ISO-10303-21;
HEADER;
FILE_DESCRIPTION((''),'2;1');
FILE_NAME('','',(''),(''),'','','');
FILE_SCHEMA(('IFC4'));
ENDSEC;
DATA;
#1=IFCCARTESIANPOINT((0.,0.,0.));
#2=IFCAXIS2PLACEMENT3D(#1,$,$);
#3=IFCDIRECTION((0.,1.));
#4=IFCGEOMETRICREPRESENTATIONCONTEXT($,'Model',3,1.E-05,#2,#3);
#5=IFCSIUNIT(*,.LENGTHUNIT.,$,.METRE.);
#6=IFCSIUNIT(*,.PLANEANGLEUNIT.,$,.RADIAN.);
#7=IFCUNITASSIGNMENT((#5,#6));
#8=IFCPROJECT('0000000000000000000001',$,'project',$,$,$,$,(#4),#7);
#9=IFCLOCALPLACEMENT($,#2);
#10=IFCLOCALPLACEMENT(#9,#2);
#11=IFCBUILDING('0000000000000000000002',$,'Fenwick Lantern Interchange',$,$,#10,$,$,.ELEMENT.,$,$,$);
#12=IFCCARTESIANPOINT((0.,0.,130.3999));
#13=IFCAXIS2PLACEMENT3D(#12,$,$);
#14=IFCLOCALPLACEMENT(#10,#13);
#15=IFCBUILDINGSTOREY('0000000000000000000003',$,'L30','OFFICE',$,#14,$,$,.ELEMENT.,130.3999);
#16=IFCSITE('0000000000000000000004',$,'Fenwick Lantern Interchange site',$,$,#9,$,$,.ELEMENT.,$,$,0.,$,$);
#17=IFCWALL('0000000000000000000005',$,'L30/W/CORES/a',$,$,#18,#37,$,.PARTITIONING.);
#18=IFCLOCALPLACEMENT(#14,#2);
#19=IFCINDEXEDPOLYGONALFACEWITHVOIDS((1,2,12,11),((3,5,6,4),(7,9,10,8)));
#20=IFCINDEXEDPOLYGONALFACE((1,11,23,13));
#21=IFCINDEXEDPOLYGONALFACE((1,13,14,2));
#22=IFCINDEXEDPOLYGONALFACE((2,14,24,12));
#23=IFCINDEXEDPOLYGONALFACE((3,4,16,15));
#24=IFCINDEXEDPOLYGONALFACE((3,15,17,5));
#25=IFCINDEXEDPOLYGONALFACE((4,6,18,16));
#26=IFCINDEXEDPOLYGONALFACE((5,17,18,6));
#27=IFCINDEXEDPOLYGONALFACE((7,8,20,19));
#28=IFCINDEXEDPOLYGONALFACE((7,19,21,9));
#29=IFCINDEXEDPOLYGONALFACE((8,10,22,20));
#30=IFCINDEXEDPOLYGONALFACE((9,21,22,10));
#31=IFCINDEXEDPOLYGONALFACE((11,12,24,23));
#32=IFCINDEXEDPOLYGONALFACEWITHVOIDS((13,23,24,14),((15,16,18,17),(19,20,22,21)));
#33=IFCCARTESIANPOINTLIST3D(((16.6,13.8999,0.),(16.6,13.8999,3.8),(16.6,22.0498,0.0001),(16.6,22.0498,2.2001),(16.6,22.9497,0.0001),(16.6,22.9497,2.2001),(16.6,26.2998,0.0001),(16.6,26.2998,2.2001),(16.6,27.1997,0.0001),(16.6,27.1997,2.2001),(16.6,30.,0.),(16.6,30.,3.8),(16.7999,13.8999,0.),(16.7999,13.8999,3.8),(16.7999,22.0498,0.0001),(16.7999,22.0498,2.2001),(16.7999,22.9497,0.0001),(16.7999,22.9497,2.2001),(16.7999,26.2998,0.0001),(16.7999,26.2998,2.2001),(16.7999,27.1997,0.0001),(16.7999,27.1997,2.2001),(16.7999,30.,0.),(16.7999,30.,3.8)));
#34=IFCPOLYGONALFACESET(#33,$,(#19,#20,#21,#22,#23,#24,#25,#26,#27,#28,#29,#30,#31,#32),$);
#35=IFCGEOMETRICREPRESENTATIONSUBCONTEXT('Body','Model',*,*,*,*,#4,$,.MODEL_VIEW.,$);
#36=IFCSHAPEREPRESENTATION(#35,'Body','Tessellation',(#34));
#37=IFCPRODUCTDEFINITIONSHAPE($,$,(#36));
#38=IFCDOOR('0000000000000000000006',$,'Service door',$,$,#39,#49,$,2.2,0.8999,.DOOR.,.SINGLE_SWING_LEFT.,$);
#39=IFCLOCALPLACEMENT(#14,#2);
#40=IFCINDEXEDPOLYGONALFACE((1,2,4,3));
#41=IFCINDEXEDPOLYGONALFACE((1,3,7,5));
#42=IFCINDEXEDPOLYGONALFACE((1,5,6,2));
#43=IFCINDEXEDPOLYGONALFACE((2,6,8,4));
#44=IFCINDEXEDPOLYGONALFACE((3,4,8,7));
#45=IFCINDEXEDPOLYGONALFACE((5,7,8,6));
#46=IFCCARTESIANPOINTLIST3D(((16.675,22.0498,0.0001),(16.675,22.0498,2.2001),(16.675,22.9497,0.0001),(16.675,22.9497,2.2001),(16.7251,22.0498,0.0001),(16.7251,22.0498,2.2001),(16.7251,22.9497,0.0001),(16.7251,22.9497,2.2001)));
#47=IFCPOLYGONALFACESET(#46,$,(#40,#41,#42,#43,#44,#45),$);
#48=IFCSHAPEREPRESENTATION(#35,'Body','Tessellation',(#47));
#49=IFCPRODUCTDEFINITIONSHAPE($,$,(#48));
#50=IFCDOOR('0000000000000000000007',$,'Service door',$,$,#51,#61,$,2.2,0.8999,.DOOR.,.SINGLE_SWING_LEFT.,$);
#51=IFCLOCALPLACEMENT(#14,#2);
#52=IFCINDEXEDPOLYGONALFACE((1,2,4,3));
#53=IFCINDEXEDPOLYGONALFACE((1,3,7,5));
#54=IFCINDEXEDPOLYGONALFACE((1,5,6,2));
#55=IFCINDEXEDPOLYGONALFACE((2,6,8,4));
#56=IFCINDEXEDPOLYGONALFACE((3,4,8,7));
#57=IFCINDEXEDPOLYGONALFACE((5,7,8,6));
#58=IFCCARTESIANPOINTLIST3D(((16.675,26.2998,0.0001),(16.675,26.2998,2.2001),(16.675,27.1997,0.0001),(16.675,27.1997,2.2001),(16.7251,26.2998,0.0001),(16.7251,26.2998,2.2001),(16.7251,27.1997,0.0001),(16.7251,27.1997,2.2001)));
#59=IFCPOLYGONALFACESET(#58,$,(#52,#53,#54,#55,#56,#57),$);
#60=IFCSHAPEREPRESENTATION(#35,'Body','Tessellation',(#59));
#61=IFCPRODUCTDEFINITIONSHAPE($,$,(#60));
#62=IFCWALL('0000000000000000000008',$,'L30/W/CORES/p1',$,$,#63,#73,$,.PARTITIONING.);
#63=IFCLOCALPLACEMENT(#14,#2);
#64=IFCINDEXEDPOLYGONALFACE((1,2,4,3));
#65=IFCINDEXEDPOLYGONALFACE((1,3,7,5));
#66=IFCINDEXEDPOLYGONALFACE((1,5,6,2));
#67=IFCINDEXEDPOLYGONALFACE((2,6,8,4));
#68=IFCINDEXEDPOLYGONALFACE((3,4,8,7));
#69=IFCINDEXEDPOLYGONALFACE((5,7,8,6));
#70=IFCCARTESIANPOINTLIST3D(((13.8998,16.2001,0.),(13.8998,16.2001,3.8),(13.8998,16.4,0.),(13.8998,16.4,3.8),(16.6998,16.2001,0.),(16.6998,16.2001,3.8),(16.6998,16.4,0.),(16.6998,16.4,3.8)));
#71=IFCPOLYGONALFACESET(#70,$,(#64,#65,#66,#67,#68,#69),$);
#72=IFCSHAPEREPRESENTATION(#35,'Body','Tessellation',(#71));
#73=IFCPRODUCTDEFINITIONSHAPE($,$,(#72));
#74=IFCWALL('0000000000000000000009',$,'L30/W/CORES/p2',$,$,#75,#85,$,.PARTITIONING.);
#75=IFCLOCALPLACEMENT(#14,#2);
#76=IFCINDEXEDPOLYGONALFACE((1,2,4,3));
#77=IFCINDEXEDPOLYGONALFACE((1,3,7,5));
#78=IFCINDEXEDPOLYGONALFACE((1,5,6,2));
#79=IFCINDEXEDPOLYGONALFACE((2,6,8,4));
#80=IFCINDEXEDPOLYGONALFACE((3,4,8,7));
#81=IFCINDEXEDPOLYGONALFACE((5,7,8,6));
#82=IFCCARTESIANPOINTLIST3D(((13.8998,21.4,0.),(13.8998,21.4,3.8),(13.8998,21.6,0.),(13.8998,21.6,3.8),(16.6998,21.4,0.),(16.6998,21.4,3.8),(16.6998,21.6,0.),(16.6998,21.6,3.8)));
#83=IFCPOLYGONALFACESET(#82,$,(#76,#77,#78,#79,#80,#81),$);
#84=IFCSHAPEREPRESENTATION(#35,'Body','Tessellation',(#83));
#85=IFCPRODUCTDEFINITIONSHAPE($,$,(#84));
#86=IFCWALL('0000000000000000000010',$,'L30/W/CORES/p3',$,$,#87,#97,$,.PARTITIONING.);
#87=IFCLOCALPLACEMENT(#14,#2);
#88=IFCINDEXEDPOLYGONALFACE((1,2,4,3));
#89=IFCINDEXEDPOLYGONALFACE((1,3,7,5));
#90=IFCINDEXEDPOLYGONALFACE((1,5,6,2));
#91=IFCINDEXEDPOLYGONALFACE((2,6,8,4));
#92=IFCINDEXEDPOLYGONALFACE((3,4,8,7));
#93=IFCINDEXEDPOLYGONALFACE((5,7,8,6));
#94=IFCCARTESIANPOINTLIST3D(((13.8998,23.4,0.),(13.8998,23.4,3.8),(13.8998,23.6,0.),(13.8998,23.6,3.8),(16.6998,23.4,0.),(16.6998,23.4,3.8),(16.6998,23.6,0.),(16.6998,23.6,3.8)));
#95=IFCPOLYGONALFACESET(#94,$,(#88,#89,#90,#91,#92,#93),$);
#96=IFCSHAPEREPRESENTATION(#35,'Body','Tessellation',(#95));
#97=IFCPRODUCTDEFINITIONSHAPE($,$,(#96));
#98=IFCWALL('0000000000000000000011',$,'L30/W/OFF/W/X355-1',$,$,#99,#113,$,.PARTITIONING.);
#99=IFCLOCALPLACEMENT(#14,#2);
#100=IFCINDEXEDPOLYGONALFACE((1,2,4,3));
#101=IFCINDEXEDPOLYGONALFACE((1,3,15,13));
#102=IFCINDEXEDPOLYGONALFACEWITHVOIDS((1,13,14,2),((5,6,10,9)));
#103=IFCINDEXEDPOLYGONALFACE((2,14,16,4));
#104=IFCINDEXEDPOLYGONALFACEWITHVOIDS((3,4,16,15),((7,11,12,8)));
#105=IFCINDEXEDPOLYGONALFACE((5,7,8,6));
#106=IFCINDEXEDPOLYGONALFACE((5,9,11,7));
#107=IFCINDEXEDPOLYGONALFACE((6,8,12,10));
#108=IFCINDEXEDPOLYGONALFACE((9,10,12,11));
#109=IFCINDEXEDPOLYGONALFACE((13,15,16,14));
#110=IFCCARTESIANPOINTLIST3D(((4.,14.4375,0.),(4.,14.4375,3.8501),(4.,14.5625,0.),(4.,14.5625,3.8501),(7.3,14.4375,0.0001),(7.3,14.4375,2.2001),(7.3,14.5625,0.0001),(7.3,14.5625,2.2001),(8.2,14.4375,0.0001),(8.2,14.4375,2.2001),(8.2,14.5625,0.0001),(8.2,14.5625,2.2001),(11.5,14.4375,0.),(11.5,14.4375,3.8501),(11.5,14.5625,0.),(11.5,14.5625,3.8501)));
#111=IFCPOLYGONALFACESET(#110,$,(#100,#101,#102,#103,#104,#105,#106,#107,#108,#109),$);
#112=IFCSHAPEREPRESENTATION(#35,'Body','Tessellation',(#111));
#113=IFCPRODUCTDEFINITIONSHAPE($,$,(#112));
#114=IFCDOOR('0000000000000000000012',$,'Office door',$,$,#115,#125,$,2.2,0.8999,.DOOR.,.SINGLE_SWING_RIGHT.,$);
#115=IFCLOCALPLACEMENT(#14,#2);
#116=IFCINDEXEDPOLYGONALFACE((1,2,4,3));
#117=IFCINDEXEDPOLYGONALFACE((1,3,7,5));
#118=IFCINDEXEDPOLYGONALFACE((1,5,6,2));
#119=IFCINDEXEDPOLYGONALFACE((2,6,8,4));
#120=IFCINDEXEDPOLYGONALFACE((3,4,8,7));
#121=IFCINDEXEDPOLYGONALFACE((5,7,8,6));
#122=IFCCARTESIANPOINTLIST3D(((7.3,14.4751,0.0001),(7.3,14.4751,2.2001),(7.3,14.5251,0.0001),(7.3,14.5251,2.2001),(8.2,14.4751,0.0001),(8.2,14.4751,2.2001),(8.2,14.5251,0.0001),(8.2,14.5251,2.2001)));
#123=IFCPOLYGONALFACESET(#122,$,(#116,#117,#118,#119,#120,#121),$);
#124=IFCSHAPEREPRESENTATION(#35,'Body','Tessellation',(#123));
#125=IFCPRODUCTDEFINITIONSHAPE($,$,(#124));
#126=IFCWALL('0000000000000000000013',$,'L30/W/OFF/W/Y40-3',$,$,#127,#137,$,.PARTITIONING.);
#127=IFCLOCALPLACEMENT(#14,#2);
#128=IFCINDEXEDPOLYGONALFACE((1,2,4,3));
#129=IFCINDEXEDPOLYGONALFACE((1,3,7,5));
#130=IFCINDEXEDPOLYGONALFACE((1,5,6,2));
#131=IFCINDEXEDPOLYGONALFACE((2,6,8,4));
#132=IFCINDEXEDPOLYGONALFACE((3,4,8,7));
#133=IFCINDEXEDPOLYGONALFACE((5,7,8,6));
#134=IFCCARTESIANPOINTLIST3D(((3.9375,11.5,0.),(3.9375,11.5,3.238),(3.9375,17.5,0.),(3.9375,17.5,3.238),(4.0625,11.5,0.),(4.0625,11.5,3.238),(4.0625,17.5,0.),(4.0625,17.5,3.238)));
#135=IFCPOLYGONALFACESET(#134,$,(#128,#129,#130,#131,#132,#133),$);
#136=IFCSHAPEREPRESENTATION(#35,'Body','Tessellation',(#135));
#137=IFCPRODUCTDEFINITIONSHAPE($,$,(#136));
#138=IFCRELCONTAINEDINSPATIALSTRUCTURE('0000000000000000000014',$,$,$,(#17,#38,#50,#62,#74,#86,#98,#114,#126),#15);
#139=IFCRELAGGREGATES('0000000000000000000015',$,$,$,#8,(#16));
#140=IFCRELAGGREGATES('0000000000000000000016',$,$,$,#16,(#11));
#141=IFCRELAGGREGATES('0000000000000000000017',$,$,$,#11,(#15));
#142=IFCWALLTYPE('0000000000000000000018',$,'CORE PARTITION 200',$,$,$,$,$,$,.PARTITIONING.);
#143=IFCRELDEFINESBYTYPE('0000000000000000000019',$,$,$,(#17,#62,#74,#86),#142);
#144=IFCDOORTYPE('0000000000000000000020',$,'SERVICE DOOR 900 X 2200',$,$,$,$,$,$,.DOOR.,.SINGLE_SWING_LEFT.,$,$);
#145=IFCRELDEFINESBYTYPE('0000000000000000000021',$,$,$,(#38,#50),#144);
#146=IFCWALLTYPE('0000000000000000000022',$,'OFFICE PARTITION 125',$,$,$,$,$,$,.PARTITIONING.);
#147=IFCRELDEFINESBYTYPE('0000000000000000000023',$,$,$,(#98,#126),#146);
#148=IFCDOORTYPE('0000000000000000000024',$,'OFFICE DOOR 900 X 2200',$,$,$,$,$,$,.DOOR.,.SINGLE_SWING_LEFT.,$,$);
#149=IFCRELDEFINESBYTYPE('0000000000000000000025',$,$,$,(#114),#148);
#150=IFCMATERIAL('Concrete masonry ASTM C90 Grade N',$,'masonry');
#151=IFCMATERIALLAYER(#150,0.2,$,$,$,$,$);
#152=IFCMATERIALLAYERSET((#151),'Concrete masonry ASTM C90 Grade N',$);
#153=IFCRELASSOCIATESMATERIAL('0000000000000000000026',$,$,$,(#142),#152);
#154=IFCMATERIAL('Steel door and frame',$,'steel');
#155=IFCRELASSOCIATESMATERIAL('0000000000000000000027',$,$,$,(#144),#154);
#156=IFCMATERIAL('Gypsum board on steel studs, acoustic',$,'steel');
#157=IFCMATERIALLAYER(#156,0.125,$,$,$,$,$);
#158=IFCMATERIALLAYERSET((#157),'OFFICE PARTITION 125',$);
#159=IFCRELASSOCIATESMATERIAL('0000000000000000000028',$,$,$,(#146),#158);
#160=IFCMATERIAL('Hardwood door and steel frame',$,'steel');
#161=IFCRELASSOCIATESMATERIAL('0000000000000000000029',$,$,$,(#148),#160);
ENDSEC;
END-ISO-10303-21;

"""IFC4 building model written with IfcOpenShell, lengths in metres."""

from ifc_helpers import new_model, si_unit, direction, frame, frame_2d, origin, place, context, subcontext, project, spatial, rectangle, extrude, material, layer, layer_set, type_object, element, fill, save


model = new_model("IFC4")

# Units and contexts
model_context = context("Model", 3, precision=1e-05, world=origin(), true_north=direction((0.0, 1.0)))
body_context = subcontext(model_context, "Body", "Model", "MODEL_VIEW")
ifc_project = project(units=[si_unit("LENGTHUNIT", "METRE"), si_unit("PLANEANGLEUNIT", "RADIAN")], contexts=[model_context])

# Site, building, storey
site_placement = place(None, origin())
site = spatial("IfcSite", under=ifc_project, at=site_placement, Name="Fenwick Lantern Interchange site", CompositionType="ELEMENT", RefElevation=0.0)
building_placement = place(site_placement, origin())
building = spatial("IfcBuilding", under=site, at=building_placement, Name="Fenwick Lantern Interchange", CompositionType="ELEMENT")
storey_placement = place(building_placement, frame((0.0, 0.0, 130.3999)))
storey = spatial("IfcBuildingStorey", under=building, at=storey_placement, Name="L30", Description="OFFICE", CompositionType="ELEMENT", Elevation=130.3999)

# Wall, openings, doors
ifc_material_1 = material(Name="Concrete masonry ASTM C90 Grade N", Category="masonry")
ifc_layer_1 = layer(ifc_material_1, 0.2)
ifc_layer_set_1 = layer_set([ifc_layer_1], Name="Concrete masonry ASTM C90 Grade N")
wall_type_1 = type_object("IfcWallType", Name="CORE PARTITION 200", PredefinedType="PARTITIONING", material=ifc_layer_set_1)
wall_1_placement = place(storey_placement, frame((16.7, 13.8999, 0.0), z_axis=(0.0, 0.0, 1.0), x_axis=(0.0, 1.0, 0.0)))
wall_1 = element("IfcWall", 1, at=wall_1_placement, inside=storey, type_object=wall_type_1, Name="L30/W/CORES/a", PredefinedType="PARTITIONING", context=body_context, shape_type="SweptSolid", body=[
    extrude(rectangle(XDim=16.1001, YDim=0.2, at=frame_2d((8.05, 0.0))), origin(), (0.0, 0.0, 1.0), 3.8),
])
opening_1_placement = place(wall_1_placement, frame((8.1499, 0.0, 0.0)))
opening_1 = element("IfcOpeningElement", 2, at=opening_1_placement, cuts=wall_1, PredefinedType="OPENING", context=body_context, shape_type="SweptSolid", body=[
    extrude(rectangle(XDim=0.8999, YDim=2.2, at=frame_2d((0.45, 1.1001))), frame((0.0, 0.1099, 0.0), z_axis=(0.0, -1.0, 0.0), x_axis=(1.0, 0.0, 0.0)), (0.0, 0.0, 1.0), 0.22),
])
opening_2_placement = place(wall_1_placement, frame((12.3999, 0.0, 0.0)))
opening_2 = element("IfcOpeningElement", 3, at=opening_2_placement, cuts=wall_1, PredefinedType="OPENING", context=body_context, shape_type="SweptSolid", body=[
    extrude(rectangle(XDim=0.8999, YDim=2.2, at=frame_2d((0.45, 1.1001))), frame((0.0, 0.1099, 0.0), z_axis=(0.0, -1.0, 0.0), x_axis=(1.0, 0.0, 0.0)), (0.0, 0.0, 1.0), 0.22),
])
ifc_material_2 = material(Name="Steel door and frame", Category="steel")
door_type_1 = type_object("IfcDoorType", Name="SERVICE DOOR 900 X 2200", OperationType="SINGLE_SWING_LEFT", PredefinedType="DOOR", material=ifc_material_2)
door_1_placement = place(opening_1_placement, origin())
door_1 = element("IfcDoor", 4, at=door_1_placement, inside=storey, type_object=door_type_1, Name="Service door", OperationType="SINGLE_SWING_LEFT", OverallHeight=2.2, OverallWidth=0.8999, PredefinedType="DOOR", context=body_context, shape_type="SweptSolid", body=[
    extrude(rectangle(XDim=0.8999, YDim=2.2, at=frame_2d((0.45, 1.1001))), frame((0.0, 0.0249, 0.0), z_axis=(0.0, -1.0, 0.0), x_axis=(1.0, 0.0, 0.0)), (0.0, 0.0, 1.0), 0.05),
])
fill(opening_1, door_1)
door_2_placement = place(opening_2_placement, origin())
door_2 = element("IfcDoor", 5, at=door_2_placement, inside=storey, type_object=door_type_1, Name="Service door", OperationType="SINGLE_SWING_LEFT", OverallHeight=2.2, OverallWidth=0.8999, PredefinedType="DOOR", context=body_context, shape_type="SweptSolid", body=[
    extrude(rectangle(XDim=0.8999, YDim=2.2, at=frame_2d((0.45, 1.1001))), frame((0.0, 0.0249, 0.0), z_axis=(0.0, -1.0, 0.0), x_axis=(1.0, 0.0, 0.0)), (0.0, 0.0, 1.0), 0.05),
])
fill(opening_2, door_2)

# Walls
for number, where, z_axis, x_axis, name in (
    (6, (13.8999, 16.3, 0.0), (0.0, 0.0, 1.0), (1.0, 0.0, 0.0), "L30/W/CORES/p1"),
    (7, (13.8999, 21.5, 0.0), (0.0, 0.0, 1.0), (1.0, 0.0, 0.0), "L30/W/CORES/p2"),
    (8, (13.8999, 23.5, 0.0), (0.0, 0.0, 1.0), (1.0, 0.0, 0.0), "L30/W/CORES/p3"),
):
    element("IfcWall", number, at=place(storey_placement, frame(where, z_axis=z_axis, x_axis=x_axis)), inside=storey, type_object=wall_type_1, Name=name, PredefinedType="PARTITIONING", context=body_context, shape_type="SweptSolid", body=[
        extrude(rectangle(XDim=2.8, YDim=0.2, at=frame_2d((1.3999, 0.0))), origin(), (0.0, 0.0, 1.0), 3.8),
    ])

# Shared definitions
ifc_material_3 = material(Name="Hardwood door and steel frame", Category="steel")

# Wall, opening, door
ifc_material_4 = material(Name="Gypsum board on steel studs, acoustic", Category="steel")
ifc_layer_2 = layer(ifc_material_4, 0.125)
ifc_layer_set_2 = layer_set([ifc_layer_2], Name="OFFICE PARTITION 125")
wall_type_2 = type_object("IfcWallType", Name="OFFICE PARTITION 125", PredefinedType="PARTITIONING", material=ifc_layer_set_2)
wall_2_placement = place(storey_placement, frame((4.0, 14.5, 0.0), z_axis=(0.0, 0.0, 1.0), x_axis=(1.0, 0.0, 0.0)))
wall_2 = element("IfcWall", 9, at=wall_2_placement, inside=storey, type_object=wall_type_2, Name="L30/W/OFF/W/X355-1", PredefinedType="PARTITIONING", context=body_context, shape_type="SweptSolid", body=[
    extrude(rectangle(XDim=7.5, YDim=0.125, at=frame_2d((3.75, 0.0))), origin(), (0.0, 0.0, 1.0), 3.8501),
])
opening_3_placement = place(wall_2_placement, frame((3.3, 0.0, 0.0)))
opening_3 = element("IfcOpeningElement", 10, at=opening_3_placement, cuts=wall_2, PredefinedType="OPENING", context=body_context, shape_type="SweptSolid", body=[
    extrude(rectangle(XDim=0.8999, YDim=2.2, at=frame_2d((0.45, 1.1001))), frame((0.0, 0.0725, 0.0), z_axis=(0.0, -1.0, 0.0), x_axis=(1.0, 0.0, 0.0)), (0.0, 0.0, 1.0), 0.145),
])
door_type_2 = type_object("IfcDoorType", Name="OFFICE DOOR 900 X 2200", OperationType="SINGLE_SWING_LEFT", PredefinedType="DOOR", material=ifc_material_3)
door_3_placement = place(opening_3_placement, frame((0.8999, 0.0, 0.0), z_axis=(0.0, 0.0, 1.0), x_axis=(-1.0, 0.0, 0.0)))
door_3 = element("IfcDoor", 11, at=door_3_placement, inside=storey, type_object=door_type_2, Name="Office door", OperationType="SINGLE_SWING_RIGHT", OverallHeight=2.2, OverallWidth=0.8999, PredefinedType="DOOR", context=body_context, shape_type="SweptSolid", body=[
    extrude(rectangle(XDim=0.8999, YDim=2.2, at=frame_2d((0.45, 1.1001))), frame((0.0, 0.0249, 0.0), z_axis=(0.0, -1.0, 0.0), x_axis=(1.0, 0.0, 0.0)), (0.0, 0.0, 1.0), 0.05),
])
fill(opening_3, door_3)

# Wall
wall_3_placement = place(storey_placement, frame((4.0, 17.5, 0.0), z_axis=(0.0, 0.0, 1.0), x_axis=(0.0, -1.0, 0.0)))
element("IfcWall", 12, at=wall_3_placement, inside=storey, type_object=wall_type_2, Name="L30/W/OFF/W/Y40-3", PredefinedType="PARTITIONING", context=body_context, shape_type="SweptSolid", body=[
    extrude(rectangle(XDim=6.0, YDim=0.125, at=frame_2d((3.0, 0.0))), origin(), (0.0, 0.0, 1.0), 3.238),
])

save(model, "model.ifc")
